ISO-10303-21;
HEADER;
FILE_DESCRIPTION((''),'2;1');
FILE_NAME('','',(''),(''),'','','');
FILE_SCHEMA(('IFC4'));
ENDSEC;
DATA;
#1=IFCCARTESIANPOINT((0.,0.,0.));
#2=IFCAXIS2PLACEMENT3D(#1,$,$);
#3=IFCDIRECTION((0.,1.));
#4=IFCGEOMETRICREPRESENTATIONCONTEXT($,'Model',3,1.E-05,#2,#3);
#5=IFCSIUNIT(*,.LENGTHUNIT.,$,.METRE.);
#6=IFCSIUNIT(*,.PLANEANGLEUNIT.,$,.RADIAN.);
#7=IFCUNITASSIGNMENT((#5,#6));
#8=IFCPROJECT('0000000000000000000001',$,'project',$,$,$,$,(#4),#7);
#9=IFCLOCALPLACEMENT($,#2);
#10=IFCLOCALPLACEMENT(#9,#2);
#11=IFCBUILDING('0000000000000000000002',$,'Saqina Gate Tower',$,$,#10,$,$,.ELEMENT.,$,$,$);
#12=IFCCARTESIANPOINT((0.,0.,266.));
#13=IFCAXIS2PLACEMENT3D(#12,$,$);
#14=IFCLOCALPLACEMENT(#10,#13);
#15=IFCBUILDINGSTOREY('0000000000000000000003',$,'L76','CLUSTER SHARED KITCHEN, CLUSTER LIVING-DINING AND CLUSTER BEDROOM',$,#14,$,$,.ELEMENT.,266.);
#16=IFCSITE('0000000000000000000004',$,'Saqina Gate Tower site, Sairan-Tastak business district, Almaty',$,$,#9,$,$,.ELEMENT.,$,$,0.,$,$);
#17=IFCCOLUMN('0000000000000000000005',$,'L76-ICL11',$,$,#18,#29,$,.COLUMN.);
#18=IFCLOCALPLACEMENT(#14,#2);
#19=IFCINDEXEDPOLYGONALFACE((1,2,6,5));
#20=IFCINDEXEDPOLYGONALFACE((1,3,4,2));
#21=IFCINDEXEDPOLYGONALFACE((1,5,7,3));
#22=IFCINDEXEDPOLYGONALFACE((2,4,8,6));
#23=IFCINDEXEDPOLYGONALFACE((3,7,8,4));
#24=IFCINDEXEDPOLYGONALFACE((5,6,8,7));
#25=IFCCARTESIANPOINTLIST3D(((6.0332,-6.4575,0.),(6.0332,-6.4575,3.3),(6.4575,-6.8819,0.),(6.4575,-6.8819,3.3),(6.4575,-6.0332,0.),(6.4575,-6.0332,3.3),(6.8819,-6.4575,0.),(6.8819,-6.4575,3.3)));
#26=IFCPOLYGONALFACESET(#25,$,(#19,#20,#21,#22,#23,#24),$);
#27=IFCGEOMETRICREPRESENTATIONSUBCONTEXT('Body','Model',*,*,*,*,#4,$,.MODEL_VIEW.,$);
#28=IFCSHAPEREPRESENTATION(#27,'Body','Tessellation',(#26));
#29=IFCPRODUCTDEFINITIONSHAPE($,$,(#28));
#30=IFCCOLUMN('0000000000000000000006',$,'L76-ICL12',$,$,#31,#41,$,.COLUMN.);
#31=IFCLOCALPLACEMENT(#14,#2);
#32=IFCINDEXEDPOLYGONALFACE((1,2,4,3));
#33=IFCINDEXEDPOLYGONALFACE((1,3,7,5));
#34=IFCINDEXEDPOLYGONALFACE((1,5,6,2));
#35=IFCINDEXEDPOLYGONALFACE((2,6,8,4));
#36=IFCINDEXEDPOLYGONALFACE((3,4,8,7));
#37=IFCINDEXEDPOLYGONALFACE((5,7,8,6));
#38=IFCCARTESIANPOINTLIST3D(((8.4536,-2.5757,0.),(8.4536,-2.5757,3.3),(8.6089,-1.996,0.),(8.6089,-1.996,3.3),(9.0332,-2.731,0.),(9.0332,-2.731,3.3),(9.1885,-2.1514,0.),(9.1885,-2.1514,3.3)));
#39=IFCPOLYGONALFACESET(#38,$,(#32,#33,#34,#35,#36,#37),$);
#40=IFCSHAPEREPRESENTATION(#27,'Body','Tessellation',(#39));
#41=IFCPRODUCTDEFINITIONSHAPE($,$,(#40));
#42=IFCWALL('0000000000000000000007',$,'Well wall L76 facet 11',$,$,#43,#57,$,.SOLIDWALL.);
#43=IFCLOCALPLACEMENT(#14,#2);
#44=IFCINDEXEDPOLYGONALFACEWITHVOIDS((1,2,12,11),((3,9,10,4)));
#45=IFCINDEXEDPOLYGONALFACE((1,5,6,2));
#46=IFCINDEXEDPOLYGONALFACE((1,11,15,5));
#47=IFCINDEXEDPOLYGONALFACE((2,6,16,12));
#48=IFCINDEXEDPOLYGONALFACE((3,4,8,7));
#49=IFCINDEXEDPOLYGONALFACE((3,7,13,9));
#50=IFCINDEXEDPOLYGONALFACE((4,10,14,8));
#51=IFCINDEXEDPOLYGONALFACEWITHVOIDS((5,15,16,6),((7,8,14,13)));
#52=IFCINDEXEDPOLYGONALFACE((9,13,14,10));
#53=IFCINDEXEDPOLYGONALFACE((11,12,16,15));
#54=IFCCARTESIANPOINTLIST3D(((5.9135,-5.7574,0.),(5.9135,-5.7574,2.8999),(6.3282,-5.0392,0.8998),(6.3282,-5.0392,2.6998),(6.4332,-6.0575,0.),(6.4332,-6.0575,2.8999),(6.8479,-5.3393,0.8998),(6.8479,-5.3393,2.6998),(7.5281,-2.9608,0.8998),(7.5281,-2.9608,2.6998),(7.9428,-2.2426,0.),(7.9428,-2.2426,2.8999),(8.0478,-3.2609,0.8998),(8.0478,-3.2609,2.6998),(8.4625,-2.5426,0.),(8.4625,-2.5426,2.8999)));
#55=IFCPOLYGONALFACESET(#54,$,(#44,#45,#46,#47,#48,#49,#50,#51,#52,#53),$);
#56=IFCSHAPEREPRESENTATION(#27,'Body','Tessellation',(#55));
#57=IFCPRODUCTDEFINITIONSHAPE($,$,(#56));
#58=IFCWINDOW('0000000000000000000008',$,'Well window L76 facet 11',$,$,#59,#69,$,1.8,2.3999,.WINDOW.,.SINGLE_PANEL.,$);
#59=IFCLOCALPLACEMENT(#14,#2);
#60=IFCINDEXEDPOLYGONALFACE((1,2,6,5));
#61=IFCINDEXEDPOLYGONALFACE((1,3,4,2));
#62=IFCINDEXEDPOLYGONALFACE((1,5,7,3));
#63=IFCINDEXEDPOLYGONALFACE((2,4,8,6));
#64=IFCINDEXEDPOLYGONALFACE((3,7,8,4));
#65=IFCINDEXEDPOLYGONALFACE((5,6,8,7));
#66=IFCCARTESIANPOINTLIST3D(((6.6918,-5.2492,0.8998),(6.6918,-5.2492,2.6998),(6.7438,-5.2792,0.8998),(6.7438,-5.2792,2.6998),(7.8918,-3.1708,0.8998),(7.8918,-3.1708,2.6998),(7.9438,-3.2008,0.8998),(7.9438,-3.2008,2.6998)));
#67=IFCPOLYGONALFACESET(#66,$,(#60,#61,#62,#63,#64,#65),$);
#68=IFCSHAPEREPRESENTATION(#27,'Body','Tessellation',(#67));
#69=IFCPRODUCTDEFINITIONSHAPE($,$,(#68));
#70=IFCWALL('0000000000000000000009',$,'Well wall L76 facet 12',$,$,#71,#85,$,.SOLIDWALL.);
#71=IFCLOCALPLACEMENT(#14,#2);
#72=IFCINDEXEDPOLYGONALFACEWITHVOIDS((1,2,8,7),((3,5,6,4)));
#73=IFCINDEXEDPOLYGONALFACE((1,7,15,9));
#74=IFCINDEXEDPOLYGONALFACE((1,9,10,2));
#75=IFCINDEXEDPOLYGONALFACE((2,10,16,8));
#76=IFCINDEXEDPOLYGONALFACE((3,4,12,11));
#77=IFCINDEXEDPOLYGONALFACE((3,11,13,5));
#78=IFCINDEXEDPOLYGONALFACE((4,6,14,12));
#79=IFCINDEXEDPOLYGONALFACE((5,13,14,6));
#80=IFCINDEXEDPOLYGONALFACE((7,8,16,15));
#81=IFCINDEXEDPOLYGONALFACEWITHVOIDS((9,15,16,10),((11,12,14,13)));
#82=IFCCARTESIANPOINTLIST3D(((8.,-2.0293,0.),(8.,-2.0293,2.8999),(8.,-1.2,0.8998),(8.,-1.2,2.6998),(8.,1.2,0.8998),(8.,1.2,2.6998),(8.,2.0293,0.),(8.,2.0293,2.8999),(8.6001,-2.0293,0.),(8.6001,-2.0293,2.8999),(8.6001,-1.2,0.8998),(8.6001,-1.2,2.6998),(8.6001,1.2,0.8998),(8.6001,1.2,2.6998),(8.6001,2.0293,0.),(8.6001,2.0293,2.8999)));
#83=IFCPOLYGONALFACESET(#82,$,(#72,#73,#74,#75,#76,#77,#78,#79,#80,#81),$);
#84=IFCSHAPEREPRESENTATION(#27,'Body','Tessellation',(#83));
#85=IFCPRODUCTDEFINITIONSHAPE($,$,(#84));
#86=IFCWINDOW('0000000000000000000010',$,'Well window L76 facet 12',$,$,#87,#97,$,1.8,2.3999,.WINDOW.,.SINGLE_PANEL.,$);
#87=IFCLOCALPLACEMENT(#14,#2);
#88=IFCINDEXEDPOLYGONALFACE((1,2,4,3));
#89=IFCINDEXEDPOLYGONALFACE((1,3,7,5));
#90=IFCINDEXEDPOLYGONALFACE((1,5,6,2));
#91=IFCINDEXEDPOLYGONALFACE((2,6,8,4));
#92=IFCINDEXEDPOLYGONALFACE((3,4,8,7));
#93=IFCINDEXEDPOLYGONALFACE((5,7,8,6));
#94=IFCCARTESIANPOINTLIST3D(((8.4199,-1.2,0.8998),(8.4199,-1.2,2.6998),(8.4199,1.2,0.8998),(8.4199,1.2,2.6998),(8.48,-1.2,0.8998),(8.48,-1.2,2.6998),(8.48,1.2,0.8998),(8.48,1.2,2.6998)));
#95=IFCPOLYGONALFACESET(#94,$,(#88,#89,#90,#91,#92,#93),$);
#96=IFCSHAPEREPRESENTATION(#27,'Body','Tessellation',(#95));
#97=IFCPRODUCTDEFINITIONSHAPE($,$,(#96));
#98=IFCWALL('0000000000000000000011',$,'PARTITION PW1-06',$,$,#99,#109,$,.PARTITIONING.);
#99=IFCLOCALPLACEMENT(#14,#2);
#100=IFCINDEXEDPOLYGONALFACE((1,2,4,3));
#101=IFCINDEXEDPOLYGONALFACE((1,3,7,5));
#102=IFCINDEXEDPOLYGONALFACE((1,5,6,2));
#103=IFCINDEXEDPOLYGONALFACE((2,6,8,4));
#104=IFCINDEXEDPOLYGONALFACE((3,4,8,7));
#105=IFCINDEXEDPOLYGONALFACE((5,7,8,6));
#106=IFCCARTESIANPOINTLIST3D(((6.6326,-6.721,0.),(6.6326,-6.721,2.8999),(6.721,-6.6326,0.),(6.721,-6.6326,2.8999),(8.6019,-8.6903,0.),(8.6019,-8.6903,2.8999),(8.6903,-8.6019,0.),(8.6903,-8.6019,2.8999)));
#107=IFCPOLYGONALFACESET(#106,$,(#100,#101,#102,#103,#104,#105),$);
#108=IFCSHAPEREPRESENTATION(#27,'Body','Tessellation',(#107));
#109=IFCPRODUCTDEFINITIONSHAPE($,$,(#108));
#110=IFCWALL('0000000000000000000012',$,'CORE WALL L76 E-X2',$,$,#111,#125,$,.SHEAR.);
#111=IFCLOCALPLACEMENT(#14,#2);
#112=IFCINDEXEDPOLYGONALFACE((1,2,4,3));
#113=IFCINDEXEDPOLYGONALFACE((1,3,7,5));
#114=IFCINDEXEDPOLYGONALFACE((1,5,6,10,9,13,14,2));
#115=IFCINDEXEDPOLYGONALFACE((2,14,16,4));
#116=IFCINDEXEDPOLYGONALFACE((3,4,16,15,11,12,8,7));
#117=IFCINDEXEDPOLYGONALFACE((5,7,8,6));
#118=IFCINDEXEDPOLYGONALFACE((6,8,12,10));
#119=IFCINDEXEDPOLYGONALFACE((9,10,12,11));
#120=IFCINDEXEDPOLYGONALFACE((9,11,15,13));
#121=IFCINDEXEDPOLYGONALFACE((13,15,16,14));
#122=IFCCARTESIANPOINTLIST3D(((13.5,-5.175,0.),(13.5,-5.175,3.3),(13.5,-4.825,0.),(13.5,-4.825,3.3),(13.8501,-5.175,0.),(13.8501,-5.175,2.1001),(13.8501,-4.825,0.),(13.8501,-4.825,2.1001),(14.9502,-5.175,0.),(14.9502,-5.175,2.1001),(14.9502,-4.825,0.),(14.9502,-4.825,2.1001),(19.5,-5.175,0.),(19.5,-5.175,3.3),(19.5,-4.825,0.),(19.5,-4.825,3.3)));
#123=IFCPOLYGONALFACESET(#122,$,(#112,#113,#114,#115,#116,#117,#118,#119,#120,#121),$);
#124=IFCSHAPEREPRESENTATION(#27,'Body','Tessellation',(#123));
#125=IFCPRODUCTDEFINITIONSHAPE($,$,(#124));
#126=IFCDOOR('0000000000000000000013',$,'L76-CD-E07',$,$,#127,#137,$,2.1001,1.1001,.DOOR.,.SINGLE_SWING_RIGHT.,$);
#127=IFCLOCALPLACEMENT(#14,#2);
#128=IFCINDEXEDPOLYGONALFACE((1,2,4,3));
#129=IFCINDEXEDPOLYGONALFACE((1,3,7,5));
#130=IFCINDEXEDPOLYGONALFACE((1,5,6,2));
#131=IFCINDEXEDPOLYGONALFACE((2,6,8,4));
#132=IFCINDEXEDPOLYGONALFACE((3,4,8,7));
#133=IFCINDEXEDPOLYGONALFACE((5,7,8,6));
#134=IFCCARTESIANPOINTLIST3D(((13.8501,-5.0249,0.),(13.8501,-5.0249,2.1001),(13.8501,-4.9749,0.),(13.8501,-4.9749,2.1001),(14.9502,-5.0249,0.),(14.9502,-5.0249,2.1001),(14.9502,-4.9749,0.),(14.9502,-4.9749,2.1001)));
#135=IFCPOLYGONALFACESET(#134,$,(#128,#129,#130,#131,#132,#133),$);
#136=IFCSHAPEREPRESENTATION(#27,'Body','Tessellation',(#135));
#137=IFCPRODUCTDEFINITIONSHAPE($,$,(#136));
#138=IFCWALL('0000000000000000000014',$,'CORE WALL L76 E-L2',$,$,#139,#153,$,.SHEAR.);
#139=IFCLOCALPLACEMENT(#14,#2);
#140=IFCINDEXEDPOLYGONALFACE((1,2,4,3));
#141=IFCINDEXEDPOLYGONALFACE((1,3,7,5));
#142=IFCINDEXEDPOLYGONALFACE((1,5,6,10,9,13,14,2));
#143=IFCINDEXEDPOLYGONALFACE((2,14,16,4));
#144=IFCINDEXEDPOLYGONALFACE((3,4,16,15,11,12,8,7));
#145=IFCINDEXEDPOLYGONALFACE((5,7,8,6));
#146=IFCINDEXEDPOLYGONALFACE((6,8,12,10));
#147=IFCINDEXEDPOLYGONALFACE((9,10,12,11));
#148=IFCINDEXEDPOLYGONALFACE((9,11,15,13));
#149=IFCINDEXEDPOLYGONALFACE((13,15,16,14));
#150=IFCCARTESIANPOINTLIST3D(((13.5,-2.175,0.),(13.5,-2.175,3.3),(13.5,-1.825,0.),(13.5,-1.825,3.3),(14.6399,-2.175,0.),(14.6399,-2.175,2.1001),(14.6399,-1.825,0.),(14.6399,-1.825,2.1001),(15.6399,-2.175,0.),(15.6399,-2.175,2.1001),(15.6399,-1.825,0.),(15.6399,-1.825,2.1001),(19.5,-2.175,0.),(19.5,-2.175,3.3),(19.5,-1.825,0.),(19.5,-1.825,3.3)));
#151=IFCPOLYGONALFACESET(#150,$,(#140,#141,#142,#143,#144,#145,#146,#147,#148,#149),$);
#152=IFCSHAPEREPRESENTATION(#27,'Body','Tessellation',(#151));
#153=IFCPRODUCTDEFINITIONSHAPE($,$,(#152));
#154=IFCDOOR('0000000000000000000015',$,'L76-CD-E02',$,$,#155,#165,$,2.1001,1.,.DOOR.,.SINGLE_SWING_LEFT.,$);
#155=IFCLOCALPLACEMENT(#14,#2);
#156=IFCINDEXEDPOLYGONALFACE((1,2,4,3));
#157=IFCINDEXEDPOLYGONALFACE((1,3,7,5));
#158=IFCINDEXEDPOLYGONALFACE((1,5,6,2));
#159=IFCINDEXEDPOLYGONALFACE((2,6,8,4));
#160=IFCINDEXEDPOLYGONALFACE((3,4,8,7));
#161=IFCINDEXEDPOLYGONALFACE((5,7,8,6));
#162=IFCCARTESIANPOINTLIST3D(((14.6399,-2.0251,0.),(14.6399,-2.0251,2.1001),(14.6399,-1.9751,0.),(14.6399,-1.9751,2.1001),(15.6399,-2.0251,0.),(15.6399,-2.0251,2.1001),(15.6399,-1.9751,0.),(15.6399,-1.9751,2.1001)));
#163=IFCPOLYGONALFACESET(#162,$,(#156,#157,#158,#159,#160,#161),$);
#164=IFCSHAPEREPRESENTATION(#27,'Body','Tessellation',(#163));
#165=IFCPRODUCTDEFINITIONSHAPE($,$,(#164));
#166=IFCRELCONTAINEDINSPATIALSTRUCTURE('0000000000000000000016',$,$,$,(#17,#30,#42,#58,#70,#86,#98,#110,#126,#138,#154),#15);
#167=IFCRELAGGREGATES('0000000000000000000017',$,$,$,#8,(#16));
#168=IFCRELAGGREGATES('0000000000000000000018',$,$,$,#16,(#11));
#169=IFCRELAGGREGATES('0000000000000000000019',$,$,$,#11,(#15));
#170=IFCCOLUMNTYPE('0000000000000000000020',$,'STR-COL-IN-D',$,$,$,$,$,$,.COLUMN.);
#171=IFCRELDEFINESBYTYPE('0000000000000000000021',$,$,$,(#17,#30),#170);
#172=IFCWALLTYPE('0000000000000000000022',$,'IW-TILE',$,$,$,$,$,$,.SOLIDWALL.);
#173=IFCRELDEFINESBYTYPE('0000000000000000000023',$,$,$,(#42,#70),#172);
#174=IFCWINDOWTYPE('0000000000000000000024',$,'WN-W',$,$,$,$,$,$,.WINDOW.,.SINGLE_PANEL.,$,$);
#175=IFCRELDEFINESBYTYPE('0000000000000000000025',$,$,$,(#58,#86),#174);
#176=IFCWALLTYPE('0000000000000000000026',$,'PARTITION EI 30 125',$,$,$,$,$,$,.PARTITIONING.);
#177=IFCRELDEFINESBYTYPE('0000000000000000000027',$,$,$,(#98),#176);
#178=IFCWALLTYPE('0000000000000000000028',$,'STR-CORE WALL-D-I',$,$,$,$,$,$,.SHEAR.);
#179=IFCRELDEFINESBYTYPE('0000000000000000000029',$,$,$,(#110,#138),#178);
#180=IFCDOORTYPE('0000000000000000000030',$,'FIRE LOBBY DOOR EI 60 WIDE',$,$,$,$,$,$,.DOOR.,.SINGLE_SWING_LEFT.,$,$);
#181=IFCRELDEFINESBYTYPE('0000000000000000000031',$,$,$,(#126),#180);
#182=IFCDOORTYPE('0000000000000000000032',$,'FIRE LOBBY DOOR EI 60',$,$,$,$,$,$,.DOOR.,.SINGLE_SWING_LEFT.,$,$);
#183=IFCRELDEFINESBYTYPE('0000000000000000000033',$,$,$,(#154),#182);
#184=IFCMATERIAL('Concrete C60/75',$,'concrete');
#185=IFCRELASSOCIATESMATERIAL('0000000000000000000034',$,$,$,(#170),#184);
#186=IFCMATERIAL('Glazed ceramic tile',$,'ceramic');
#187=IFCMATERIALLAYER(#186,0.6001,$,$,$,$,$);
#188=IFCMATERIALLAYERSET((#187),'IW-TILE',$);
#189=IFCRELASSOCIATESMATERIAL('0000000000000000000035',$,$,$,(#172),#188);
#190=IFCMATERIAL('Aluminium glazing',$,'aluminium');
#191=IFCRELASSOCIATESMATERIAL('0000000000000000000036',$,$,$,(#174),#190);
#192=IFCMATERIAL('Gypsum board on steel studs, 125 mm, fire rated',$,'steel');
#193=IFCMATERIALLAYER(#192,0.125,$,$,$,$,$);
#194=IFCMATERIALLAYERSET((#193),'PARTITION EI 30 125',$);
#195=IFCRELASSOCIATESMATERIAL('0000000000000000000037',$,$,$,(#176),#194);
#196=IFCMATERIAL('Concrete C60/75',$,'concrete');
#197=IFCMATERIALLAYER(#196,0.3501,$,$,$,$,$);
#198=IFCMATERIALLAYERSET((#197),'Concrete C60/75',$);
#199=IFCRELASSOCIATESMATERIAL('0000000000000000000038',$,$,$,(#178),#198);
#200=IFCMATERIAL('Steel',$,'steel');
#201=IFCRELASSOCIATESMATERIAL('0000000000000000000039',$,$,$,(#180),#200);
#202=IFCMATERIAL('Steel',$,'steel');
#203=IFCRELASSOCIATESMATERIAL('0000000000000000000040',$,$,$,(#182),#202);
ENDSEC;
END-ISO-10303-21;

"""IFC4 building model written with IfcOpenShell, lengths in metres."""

from ifc_helpers import new_model, si_unit, direction, frame, frame_2d, origin, origin_2d, place, context, subcontext, project, spatial, rectangle, extrude, material, layer, layer_set, material_profile, profile_set, type_object, element, fill, save


model = new_model("IFC4")

# Units and contexts
model_context = context("Model", 3, precision=1e-05, world=origin(), true_north=direction((0.0, 1.0)))
body_context = subcontext(model_context, "Body", "Model", "MODEL_VIEW")
ifc_project = project(units=[si_unit("LENGTHUNIT", "METRE"), si_unit("PLANEANGLEUNIT", "RADIAN")], contexts=[model_context])

# Site, building, storey
site_placement = place(None, origin())
site = spatial("IfcSite", under=ifc_project, at=site_placement, Name="Saqina Gate Tower site, Sairan-Tastak business district, Almaty", CompositionType="ELEMENT", RefElevation=0.0)
building_placement = place(site_placement, origin())
building = spatial("IfcBuilding", under=site, at=building_placement, Name="Saqina Gate Tower", CompositionType="ELEMENT")
storey_placement = place(building_placement, frame((0.0, 0.0, 266.0)))
storey = spatial("IfcBuildingStorey", under=building, at=storey_placement, Name="L76", Description="CLUSTER SHARED KITCHEN, CLUSTER LIVING-DINING AND CLUSTER BEDROOM", CompositionType="ELEMENT", Elevation=266.0)

# Columns
ifc_material_1 = material(Name="Concrete C60/75", Category="concrete")
ifc_material_profile = material_profile(ifc_material_1, rectangle(XDim=0.6001, YDim=0.6001, at=origin_2d()), Name="RC 600x600")
ifc_profile_set = profile_set([ifc_material_profile], Name="Concrete C60/75")
column_type = type_object("IfcColumnType", Name="STR-COL-IN-D", PredefinedType="COLUMN", material=ifc_profile_set)
for number, where, z_axis, x_axis, name in (
    (1, (6.4575, -6.4575, 0.0), (0.0, 0.0, 1.0), (0.707107, -0.707107, 0.0), "L76-ICL11"),
    (2, (8.821, -2.3635, 0.0), (0.0, 0.0, 1.0), (0.965926, -0.258819, 0.0), "L76-ICL12"),
):
    element("IfcColumn", number, at=place(storey_placement, frame(where, z_axis=z_axis, x_axis=x_axis)), inside=storey, type_object=column_type, Name=name, PredefinedType="COLUMN", context=body_context, shape_type="SweptSolid", body=[
        extrude(rectangle(XDim=0.6001, YDim=0.6001, at=origin_2d()), origin(), (0.0, 0.0, 1.0), 3.3),
    ])

# Walls, openings, windows
ifc_material_2 = material(Name="Glazed ceramic tile", Category="ceramic")
ifc_layer_1 = layer(ifc_material_2, 0.6001)
ifc_layer_set_1 = layer_set([ifc_layer_1], Name="IW-TILE")
wall_type_1 = type_object("IfcWallType", Name="IW-TILE", PredefinedType="SOLIDWALL", material=ifc_layer_set_1)
wall_1_placement = place(storey_placement, frame((6.1733, -5.9075, 0.0), z_axis=(0.0, 0.0, 1.0), x_axis=(0.499995, 0.866028, 0.0)))
wall_1 = element("IfcWall", 3, at=wall_1_placement, inside=storey, type_object=wall_type_1, Name="Well wall L76 facet 11", PredefinedType="SOLIDWALL", context=body_context, shape_type="SweptSolid", body=[
    extrude(rectangle(XDim=4.0586, YDim=0.6001, at=frame_2d((2.0293, 0.0))), origin(), (0.0, 0.0, 1.0), 2.8999),
])
opening_1_placement = place(wall_1_placement, frame((0.8293, 0.0, 0.8999)))
opening_1 = element("IfcOpeningElement", 4, at=opening_1_placement, cuts=wall_1, PredefinedType="OPENING", context=body_context, shape_type="SweptSolid", body=[
    extrude(rectangle(XDim=2.3999, YDim=1.8, at=frame_2d((1.2, 0.8999))), frame((0.0, 0.312, 0.0), z_axis=(0.0, -1.0, 0.0), x_axis=(1.0, 0.0, 0.0)), (0.0, 0.0, 1.0), 0.624),
])
ifc_material_3 = material(Name="Aluminium glazing", Category="aluminium")
window_type = type_object("IfcWindowType", Name="WN-W", PartitioningType="SINGLE_PANEL", PredefinedType="WINDOW", material=ifc_material_3)
window_1_placement = place(opening_1_placement, origin())
window_1 = element("IfcWindow", 5, at=window_1_placement, inside=storey, type_object=window_type, Name="Well window L76 facet 11", OverallHeight=1.8, OverallWidth=2.3999, PartitioningType="SINGLE_PANEL", PredefinedType="WINDOW", context=body_context, shape_type="SweptSolid", body=[
    extrude(rectangle(XDim=2.3999, YDim=1.8, at=frame_2d((1.2, 0.8999))), frame((0.0, -0.1199, 0.0), z_axis=(0.0, -1.0, 0.0), x_axis=(1.0, 0.0, 0.0)), (0.0, 0.0, 1.0), 0.0601),
])
fill(opening_1, window_1)
wall_2_placement = place(storey_placement, frame((8.3, -2.0293, 0.0), z_axis=(0.0, 0.0, 1.0), x_axis=(0.0, 1.0, 0.0)))
wall_2 = element("IfcWall", 6, at=wall_2_placement, inside=storey, type_object=wall_type_1, Name="Well wall L76 facet 12", PredefinedType="SOLIDWALL", context=body_context, shape_type="SweptSolid", body=[
    extrude(rectangle(XDim=4.0586, YDim=0.6001, at=frame_2d((2.0293, 0.0))), origin(), (0.0, 0.0, 1.0), 2.8999),
])
opening_2_placement = place(wall_2_placement, frame((0.8293, 0.0, 0.8999)))
opening_2 = element("IfcOpeningElement", 7, at=opening_2_placement, cuts=wall_2, PredefinedType="OPENING", context=body_context, shape_type="SweptSolid", body=[
    extrude(rectangle(XDim=2.3999, YDim=1.8, at=frame_2d((1.2, 0.8999))), frame((0.0, 0.312, 0.0), z_axis=(0.0, -1.0, 0.0), x_axis=(1.0, 0.0, 0.0)), (0.0, 0.0, 1.0), 0.624),
])
window_2_placement = place(opening_2_placement, origin())
window_2 = element("IfcWindow", 8, at=window_2_placement, inside=storey, type_object=window_type, Name="Well window L76 facet 12", OverallHeight=1.8, OverallWidth=2.3999, PartitioningType="SINGLE_PANEL", PredefinedType="WINDOW", context=body_context, shape_type="SweptSolid", body=[
    extrude(rectangle(XDim=2.3999, YDim=1.8, at=frame_2d((1.2, 0.8999))), frame((0.0, -0.1199, 0.0), z_axis=(0.0, -1.0, 0.0), x_axis=(1.0, 0.0, 0.0)), (0.0, 0.0, 1.0), 0.0601),
])
fill(opening_2, window_2)

# Wall
ifc_material_4 = material(Name="Gypsum board on steel studs, 125 mm, fire rated", Category="steel")
ifc_layer_2 = layer(ifc_material_4, 0.125)
ifc_layer_set_2 = layer_set([ifc_layer_2], Name="PARTITION EI 30 125")
wall_type_2 = type_object("IfcWallType", Name="PARTITION EI 30 125", PredefinedType="PARTITIONING", material=ifc_layer_set_2)
wall_3_placement = place(storey_placement, frame((6.6768, -6.6768, 0.0), z_axis=(0.0, 0.0, 1.0), x_axis=(0.707107, -0.707107, 0.0)))
element("IfcWall", 9, at=wall_3_placement, inside=storey, type_object=wall_type_2, Name="PARTITION PW1-06", PredefinedType="PARTITIONING", context=body_context, shape_type="SweptSolid", body=[
    extrude(rectangle(XDim=2.7849, YDim=0.125, at=frame_2d((1.3926, 0.0))), origin(), (0.0, 0.0, 1.0), 2.8999),
])

# Walls, openings, doors
ifc_material_5 = material(Name="Concrete C60/75", Category="concrete")
ifc_layer_3 = layer(ifc_material_5, 0.3501)
ifc_layer_set_3 = layer_set([ifc_layer_3], Name="Concrete C60/75")
wall_type_3 = type_object("IfcWallType", Name="STR-CORE WALL-D-I", PredefinedType="SHEAR", material=ifc_layer_set_3)
wall_4_placement = place(storey_placement, frame((13.5, -5.0, 0.0), z_axis=(0.0, 0.0, 1.0), x_axis=(1.0, 0.0, 0.0)))
wall_4 = element("IfcWall", 10, at=wall_4_placement, inside=storey, type_object=wall_type_3, Name="CORE WALL L76 E-X2", PredefinedType="SHEAR", context=body_context, shape_type="SweptSolid", body=[
    extrude(rectangle(XDim=6.0, YDim=0.3501, at=frame_2d((3.0, 0.0))), origin(), (0.0, 0.0, 1.0), 3.3),
])
opening_3_placement = place(wall_4_placement, frame((0.3501, 0.0, 0.0)))
opening_3 = element("IfcOpeningElement", 11, at=opening_3_placement, cuts=wall_4, PredefinedType="OPENING", context=body_context, shape_type="SweptSolid", body=[
    extrude(rectangle(XDim=1.1001, YDim=2.1001, at=frame_2d((0.55, 1.05))), frame((0.0, 0.187, 0.0), z_axis=(0.0, -1.0, 0.0), x_axis=(1.0, 0.0, 0.0)), (0.0, 0.0, 1.0), 0.374),
])
ifc_material_6 = material(Name="Steel", Category="steel")
door_type_1 = type_object("IfcDoorType", Name="FIRE LOBBY DOOR EI 60 WIDE", OperationType="SINGLE_SWING_LEFT", PredefinedType="DOOR", material=ifc_material_6)
door_1_placement = place(opening_3_placement, frame((1.1001, 0.0, 0.0), z_axis=(0.0, 0.0, 1.0), x_axis=(-1.0, 0.0, 0.0)))
door_1 = element("IfcDoor", 12, at=door_1_placement, inside=storey, type_object=door_type_1, Name="L76-CD-E07", OperationType="SINGLE_SWING_RIGHT", OverallHeight=2.1001, OverallWidth=1.1001, PredefinedType="DOOR", context=body_context, shape_type="SweptSolid", body=[
    extrude(rectangle(XDim=1.1001, YDim=2.1001, at=frame_2d((0.55, 1.05))), frame((0.0, 0.0249, 0.0), z_axis=(0.0, -1.0, 0.0), x_axis=(1.0, 0.0, 0.0)), (0.0, 0.0, 1.0), 0.05),
])
fill(opening_3, door_1)
wall_5_placement = place(storey_placement, frame((13.5, -2.0, 0.0), z_axis=(0.0, 0.0, 1.0), x_axis=(1.0, 0.0, 0.0)))
wall_5 = element("IfcWall", 13, at=wall_5_placement, inside=storey, type_object=wall_type_3, Name="CORE WALL L76 E-L2", PredefinedType="SHEAR", context=body_context, shape_type="SweptSolid", body=[
    extrude(rectangle(XDim=6.0, YDim=0.3501, at=frame_2d((3.0, 0.0))), origin(), (0.0, 0.0, 1.0), 3.3),
])
opening_4_placement = place(wall_5_placement, frame((1.1399, 0.0, 0.0)))
opening_4 = element("IfcOpeningElement", 14, at=opening_4_placement, cuts=wall_5, PredefinedType="OPENING", context=body_context, shape_type="SweptSolid", body=[
    extrude(rectangle(XDim=1.0, YDim=2.1001, at=frame_2d((0.5, 1.05))), frame((0.0, 0.187, 0.0), z_axis=(0.0, -1.0, 0.0), x_axis=(1.0, 0.0, 0.0)), (0.0, 0.0, 1.0), 0.374),
])
ifc_material_7 = material(Name="Steel", Category="steel")
door_type_2 = type_object("IfcDoorType", Name="FIRE LOBBY DOOR EI 60", OperationType="SINGLE_SWING_LEFT", PredefinedType="DOOR", material=ifc_material_7)
door_2_placement = place(opening_4_placement, origin())
door_2 = element("IfcDoor", 15, at=door_2_placement, inside=storey, type_object=door_type_2, Name="L76-CD-E02", OperationType="SINGLE_SWING_LEFT", OverallHeight=2.1001, OverallWidth=1.0, PredefinedType="DOOR", context=body_context, shape_type="SweptSolid", body=[
    extrude(rectangle(XDim=1.0, YDim=2.1001, at=frame_2d((0.5, 1.05))), frame((0.0, 0.0249, 0.0), z_axis=(0.0, -1.0, 0.0), x_axis=(1.0, 0.0, 0.0)), (0.0, 0.0, 1.0), 0.05),
])
fill(opening_4, door_2)

save(model, "model.ifc")
